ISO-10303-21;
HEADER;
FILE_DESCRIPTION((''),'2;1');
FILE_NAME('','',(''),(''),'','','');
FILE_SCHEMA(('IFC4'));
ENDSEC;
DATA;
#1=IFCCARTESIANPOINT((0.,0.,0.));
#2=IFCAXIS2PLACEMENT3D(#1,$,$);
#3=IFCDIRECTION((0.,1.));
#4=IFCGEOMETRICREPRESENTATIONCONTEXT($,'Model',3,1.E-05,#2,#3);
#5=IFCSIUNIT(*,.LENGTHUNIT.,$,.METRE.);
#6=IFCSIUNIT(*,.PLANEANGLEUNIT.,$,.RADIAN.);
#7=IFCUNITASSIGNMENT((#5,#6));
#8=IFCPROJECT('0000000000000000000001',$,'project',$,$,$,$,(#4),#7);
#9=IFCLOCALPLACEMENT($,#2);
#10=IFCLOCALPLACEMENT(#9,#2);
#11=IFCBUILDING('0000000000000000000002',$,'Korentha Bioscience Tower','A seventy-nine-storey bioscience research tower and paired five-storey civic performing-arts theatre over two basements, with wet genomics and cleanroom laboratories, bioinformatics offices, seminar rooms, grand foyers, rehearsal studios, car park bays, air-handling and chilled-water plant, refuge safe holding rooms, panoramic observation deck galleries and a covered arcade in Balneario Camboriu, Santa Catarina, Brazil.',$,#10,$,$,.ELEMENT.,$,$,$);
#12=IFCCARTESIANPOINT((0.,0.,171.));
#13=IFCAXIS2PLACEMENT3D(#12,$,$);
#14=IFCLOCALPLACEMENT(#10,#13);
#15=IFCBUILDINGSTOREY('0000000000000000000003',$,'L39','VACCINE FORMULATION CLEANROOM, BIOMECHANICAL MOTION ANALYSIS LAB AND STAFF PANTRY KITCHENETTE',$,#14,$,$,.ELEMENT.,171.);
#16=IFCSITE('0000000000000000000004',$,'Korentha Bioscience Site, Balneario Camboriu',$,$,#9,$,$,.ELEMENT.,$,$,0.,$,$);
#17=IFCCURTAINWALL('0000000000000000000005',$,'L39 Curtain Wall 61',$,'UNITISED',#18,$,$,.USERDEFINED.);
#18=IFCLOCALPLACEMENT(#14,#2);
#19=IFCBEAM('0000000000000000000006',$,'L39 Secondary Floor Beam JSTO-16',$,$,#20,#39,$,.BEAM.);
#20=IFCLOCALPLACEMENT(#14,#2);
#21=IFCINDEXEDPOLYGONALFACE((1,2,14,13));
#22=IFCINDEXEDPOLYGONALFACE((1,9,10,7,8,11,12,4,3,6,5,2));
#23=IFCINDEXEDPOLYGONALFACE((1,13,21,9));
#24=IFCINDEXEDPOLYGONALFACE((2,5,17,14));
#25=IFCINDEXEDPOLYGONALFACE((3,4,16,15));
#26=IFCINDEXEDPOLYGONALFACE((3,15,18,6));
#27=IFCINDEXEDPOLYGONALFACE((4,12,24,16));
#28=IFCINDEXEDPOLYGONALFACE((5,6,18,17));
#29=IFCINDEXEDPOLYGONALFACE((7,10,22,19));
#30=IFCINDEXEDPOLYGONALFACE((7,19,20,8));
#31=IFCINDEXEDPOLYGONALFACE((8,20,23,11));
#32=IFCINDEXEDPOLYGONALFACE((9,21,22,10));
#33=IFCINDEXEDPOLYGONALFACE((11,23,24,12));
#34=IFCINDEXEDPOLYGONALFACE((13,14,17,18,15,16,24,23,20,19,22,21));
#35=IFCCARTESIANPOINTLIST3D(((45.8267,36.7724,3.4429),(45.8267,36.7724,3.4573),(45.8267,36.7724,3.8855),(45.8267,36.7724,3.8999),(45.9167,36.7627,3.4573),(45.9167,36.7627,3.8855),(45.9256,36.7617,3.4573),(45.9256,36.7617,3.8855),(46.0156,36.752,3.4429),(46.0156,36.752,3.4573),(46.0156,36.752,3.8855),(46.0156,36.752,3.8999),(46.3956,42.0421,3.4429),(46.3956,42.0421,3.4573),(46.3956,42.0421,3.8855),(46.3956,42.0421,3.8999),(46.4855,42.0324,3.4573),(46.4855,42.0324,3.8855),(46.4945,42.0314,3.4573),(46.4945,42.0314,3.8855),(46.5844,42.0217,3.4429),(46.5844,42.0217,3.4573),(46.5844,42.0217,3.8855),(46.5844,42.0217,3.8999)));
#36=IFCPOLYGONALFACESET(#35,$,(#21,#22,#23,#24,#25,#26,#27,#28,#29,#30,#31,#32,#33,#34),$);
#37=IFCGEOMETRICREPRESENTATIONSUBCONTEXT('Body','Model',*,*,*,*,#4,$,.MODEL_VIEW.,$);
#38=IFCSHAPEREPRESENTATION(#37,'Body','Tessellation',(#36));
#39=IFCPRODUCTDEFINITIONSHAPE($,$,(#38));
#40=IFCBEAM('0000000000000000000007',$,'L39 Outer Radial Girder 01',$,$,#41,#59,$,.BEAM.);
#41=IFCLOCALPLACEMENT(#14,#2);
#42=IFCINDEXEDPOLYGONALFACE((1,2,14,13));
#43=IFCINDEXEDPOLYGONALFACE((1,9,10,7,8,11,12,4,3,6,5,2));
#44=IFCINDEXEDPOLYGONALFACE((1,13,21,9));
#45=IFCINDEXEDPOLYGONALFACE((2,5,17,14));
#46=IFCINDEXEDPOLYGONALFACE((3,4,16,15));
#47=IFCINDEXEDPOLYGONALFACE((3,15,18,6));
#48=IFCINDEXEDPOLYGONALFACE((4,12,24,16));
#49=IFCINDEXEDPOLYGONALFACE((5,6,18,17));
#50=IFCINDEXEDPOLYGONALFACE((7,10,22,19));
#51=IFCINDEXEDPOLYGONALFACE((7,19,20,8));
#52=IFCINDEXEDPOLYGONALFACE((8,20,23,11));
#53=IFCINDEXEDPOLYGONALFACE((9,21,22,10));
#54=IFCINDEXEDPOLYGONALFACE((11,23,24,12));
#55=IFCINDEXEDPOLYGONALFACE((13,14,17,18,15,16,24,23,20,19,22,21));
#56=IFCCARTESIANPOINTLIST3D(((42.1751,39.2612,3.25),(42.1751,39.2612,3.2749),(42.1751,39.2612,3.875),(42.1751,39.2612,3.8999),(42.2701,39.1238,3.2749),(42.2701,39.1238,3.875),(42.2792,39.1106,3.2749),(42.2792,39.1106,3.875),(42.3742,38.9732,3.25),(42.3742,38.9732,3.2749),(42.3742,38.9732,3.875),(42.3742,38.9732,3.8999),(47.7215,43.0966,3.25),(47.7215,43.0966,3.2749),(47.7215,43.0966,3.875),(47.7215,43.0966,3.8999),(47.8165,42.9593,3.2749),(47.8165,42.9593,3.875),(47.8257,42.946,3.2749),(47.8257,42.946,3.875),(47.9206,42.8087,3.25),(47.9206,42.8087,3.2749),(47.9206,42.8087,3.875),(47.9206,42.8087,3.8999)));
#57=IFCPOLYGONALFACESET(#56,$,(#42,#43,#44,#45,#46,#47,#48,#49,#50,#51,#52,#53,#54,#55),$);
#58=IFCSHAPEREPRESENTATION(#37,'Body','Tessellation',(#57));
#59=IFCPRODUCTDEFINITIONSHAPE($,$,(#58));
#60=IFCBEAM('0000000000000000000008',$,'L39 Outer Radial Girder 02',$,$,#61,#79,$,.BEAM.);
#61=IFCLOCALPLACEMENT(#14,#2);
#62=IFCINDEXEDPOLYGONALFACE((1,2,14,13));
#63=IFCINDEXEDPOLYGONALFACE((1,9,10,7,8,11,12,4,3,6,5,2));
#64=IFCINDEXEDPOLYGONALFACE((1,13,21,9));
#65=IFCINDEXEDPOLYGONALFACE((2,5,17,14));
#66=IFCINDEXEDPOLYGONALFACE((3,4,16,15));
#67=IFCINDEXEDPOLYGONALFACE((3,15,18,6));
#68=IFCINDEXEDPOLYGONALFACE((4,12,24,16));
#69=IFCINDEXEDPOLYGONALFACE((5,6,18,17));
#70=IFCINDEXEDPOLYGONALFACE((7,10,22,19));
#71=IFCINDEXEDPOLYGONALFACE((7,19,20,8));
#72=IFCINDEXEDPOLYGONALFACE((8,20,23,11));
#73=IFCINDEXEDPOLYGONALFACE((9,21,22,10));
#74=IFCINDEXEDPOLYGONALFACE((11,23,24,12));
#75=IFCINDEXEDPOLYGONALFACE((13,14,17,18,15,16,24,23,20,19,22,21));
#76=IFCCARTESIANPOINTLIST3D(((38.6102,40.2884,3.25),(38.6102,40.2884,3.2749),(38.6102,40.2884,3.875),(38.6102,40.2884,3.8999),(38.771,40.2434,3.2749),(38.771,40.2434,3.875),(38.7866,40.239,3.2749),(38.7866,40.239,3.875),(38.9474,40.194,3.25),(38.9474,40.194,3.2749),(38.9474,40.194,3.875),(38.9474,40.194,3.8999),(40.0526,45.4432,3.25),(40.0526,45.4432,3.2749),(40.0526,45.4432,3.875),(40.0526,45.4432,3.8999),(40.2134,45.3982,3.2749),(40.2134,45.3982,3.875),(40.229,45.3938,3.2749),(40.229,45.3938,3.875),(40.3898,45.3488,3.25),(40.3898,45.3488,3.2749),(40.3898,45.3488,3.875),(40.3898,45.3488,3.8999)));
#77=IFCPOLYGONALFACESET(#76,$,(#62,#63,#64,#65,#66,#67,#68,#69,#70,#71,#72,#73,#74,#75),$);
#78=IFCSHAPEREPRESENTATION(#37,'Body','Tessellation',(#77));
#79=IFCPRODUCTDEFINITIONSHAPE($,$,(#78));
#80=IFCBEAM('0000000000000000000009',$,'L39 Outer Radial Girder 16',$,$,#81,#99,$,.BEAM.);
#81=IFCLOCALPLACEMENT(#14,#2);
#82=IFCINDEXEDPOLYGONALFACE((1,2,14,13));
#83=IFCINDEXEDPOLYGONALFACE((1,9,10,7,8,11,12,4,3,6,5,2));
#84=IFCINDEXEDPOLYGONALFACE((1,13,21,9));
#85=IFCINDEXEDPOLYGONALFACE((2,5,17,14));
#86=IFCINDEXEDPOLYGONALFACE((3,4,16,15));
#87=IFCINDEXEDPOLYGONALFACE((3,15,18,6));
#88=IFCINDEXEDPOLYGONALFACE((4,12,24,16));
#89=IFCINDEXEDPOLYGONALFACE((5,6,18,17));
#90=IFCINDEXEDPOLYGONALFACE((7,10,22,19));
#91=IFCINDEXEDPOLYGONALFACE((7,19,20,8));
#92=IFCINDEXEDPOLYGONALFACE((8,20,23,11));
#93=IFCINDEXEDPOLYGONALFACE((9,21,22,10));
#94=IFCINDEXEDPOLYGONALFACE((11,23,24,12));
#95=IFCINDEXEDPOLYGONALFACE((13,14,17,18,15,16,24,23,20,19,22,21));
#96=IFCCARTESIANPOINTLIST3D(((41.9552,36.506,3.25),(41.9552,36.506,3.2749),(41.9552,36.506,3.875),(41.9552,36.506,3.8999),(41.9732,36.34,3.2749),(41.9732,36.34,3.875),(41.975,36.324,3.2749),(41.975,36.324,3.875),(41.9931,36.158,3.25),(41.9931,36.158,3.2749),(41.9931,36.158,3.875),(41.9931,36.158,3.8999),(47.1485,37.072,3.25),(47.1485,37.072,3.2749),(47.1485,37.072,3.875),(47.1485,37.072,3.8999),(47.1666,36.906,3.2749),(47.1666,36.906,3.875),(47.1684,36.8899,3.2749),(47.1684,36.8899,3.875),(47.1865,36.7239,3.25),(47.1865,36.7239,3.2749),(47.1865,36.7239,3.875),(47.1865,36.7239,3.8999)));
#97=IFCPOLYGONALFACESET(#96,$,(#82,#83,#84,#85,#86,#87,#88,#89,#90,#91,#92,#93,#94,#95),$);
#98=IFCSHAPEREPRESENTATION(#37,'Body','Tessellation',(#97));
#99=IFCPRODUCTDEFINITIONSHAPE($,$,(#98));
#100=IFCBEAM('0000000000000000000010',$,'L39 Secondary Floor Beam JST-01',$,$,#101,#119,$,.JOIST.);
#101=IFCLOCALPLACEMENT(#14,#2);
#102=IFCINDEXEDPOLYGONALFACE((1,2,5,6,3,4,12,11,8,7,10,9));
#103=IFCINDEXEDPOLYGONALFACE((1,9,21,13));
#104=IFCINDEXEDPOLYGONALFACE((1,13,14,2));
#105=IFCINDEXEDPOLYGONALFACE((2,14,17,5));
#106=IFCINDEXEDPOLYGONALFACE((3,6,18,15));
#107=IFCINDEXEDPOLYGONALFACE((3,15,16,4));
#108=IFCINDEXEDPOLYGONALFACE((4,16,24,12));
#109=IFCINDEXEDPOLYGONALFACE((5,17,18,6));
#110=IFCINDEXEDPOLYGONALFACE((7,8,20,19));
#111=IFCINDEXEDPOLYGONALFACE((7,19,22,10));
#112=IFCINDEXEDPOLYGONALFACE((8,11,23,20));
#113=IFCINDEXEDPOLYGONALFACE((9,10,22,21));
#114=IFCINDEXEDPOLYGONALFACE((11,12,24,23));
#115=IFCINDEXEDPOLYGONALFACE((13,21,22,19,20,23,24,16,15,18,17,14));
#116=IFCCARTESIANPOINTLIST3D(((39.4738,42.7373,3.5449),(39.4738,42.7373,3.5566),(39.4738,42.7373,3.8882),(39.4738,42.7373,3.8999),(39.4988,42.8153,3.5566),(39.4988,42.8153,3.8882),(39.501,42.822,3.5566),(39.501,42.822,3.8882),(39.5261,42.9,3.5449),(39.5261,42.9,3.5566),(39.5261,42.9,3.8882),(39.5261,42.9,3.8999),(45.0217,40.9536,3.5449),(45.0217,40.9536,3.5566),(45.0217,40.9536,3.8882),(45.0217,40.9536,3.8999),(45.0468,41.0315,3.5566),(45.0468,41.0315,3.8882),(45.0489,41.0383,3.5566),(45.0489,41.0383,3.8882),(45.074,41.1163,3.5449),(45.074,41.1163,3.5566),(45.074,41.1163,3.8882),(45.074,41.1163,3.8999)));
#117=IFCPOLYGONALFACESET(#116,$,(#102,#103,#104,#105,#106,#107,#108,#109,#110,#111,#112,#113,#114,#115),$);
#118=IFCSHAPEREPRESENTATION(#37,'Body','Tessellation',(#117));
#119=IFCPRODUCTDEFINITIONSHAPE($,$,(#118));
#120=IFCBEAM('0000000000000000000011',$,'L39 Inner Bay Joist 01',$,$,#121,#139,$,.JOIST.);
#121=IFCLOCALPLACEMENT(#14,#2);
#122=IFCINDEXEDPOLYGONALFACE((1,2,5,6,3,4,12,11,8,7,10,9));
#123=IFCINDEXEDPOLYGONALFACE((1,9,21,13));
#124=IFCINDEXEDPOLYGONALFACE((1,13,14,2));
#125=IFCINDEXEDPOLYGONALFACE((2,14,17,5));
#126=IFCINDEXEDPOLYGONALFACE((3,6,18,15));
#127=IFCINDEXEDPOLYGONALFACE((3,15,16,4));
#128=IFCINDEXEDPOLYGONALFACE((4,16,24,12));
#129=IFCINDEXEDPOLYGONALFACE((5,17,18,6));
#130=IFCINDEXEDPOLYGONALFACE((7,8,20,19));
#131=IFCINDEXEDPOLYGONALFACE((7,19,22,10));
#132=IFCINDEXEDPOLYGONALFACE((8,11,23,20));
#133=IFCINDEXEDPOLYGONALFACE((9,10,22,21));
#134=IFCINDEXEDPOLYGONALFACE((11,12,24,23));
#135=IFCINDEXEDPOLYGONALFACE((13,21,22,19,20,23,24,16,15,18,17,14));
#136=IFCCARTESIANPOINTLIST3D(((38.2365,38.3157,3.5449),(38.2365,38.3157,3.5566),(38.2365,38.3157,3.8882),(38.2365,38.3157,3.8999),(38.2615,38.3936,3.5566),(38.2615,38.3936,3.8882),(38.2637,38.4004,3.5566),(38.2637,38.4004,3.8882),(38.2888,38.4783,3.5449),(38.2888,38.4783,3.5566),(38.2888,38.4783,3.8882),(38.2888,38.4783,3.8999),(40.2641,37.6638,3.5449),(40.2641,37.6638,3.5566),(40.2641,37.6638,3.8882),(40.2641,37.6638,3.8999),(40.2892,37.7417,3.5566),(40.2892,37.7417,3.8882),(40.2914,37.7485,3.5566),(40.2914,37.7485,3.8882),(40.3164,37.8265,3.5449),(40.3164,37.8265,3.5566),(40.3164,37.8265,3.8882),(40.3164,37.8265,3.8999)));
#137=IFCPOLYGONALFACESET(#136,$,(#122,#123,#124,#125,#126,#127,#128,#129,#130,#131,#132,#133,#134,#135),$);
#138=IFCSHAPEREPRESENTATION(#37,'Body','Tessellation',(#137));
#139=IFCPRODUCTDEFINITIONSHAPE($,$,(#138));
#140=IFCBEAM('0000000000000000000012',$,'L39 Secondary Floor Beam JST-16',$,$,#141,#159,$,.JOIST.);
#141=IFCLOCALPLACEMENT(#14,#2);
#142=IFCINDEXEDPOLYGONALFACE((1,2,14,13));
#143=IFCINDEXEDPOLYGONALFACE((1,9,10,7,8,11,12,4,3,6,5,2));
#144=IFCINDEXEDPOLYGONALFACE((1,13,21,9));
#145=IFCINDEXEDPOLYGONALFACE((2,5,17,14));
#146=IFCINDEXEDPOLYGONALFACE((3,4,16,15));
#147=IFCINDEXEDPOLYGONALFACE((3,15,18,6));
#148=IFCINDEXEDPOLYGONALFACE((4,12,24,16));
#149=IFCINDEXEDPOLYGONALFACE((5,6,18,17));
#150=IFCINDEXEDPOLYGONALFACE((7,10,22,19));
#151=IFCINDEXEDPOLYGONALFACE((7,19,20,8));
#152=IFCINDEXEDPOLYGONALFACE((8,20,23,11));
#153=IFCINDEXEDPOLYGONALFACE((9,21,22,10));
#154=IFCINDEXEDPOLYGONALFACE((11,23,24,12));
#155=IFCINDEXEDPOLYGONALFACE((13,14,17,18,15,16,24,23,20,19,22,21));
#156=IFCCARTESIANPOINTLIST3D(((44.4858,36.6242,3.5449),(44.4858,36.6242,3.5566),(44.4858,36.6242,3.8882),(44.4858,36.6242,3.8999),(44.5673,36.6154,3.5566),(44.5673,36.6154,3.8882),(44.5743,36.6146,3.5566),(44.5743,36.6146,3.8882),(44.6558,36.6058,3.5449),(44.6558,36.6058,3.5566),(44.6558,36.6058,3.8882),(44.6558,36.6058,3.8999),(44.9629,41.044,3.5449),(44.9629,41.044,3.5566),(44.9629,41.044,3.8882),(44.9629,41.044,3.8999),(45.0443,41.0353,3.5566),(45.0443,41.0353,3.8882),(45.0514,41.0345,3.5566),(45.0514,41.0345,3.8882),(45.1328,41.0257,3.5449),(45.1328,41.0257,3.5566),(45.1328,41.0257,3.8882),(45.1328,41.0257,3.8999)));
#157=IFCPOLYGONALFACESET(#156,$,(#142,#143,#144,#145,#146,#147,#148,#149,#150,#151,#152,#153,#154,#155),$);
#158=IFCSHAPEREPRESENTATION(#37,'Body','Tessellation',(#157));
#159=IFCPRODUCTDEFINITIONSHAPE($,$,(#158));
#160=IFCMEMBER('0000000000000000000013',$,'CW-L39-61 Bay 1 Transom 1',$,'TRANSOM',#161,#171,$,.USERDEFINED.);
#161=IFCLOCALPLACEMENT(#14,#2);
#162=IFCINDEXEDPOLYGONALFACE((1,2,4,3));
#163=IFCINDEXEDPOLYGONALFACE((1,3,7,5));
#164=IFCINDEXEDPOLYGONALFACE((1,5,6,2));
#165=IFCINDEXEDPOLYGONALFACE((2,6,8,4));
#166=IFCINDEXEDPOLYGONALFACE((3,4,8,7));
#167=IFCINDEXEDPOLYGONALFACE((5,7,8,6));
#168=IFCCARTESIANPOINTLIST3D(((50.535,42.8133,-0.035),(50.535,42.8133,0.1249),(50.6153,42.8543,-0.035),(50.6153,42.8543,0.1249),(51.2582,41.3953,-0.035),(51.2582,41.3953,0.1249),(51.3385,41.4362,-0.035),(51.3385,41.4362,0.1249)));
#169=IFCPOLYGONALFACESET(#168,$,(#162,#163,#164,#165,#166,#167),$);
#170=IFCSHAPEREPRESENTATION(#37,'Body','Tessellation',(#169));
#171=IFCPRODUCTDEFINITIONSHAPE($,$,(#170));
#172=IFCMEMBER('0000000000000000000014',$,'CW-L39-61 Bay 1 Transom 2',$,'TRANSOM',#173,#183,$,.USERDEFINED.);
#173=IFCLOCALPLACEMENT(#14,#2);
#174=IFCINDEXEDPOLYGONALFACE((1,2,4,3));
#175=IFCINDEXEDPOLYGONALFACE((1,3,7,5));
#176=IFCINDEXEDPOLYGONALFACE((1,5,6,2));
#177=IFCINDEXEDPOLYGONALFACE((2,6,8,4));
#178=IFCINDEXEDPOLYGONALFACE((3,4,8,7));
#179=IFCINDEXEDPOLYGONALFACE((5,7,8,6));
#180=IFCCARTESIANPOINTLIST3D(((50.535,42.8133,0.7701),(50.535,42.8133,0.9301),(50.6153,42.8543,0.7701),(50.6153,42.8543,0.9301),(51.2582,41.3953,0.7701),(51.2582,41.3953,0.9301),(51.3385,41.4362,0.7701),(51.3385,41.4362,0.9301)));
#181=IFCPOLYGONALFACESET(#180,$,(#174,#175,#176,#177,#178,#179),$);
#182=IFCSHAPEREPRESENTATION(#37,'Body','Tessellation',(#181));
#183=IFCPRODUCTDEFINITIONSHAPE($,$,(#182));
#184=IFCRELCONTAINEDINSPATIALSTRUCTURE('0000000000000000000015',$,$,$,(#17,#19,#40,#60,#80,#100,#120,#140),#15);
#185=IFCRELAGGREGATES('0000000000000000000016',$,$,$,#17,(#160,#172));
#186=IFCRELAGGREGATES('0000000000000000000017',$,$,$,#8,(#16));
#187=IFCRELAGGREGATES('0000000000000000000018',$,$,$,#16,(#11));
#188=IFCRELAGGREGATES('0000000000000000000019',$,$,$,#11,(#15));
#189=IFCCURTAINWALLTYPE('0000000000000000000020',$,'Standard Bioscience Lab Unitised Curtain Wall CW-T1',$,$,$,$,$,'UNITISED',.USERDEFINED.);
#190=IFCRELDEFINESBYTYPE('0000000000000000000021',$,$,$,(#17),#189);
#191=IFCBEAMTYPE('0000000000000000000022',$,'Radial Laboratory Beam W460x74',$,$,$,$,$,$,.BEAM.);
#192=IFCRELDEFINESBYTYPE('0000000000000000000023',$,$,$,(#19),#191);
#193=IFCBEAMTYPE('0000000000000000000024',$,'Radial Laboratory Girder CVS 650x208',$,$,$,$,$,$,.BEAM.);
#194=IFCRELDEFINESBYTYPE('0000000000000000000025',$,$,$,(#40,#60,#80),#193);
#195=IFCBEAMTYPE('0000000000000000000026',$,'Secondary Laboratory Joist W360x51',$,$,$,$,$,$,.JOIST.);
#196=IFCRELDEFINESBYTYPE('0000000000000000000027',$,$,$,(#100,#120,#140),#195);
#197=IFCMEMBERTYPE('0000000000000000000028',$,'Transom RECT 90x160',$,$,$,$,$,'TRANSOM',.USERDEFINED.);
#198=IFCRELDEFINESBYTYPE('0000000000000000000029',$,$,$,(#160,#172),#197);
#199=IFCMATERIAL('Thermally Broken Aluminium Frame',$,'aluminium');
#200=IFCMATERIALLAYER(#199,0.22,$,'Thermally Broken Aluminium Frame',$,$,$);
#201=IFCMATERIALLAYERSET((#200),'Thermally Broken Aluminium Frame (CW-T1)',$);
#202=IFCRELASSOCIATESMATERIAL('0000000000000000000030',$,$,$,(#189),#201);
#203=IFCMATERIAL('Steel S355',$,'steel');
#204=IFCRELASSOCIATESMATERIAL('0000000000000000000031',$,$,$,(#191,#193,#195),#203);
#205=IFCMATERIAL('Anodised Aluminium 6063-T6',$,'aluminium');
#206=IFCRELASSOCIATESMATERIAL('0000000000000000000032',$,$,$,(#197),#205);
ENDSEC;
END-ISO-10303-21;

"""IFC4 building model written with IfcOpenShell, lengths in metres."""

from ifc_helpers import new_model, si_unit, direction, frame, origin, origin_2d, place, context, subcontext, project, spatial, rectangle, i_section, extrude, material, layer, layer_set, material_profile, profile_set, type_object, element, aggregate, save


model = new_model("IFC4")

# Units and contexts
model_context = context("Model", 3, precision=1e-05, world=origin(), true_north=direction((0.0, 1.0)))
body_context = subcontext(model_context, "Body", "Model", "MODEL_VIEW")
ifc_project = project(units=[si_unit("LENGTHUNIT", "METRE"), si_unit("PLANEANGLEUNIT", "RADIAN")], contexts=[model_context])

# Site, building, storey
site_placement = place(None, origin())
site = spatial("IfcSite", under=ifc_project, at=site_placement, Name="Korentha Bioscience Site, Balneario Camboriu", CompositionType="ELEMENT", RefElevation=0.0)
building_placement = place(site_placement, origin())
building = spatial("IfcBuilding", under=site, at=building_placement, Name="Korentha Bioscience Tower", Description="A seventy-nine-storey bioscience research tower and paired five-storey civic performing-arts theatre over two basements, with wet genomics and cleanroom laboratories, bioinformatics offices, seminar rooms, grand foyers, rehearsal studios, car park bays, air-handling and chilled-water plant, refuge safe holding rooms, panoramic observation deck galleries and a covered arcade in Balneario Camboriu, Santa Catarina, Brazil.", CompositionType="ELEMENT")
storey_placement = place(building_placement, frame((0.0, 0.0, 171.0)))
storey = spatial("IfcBuildingStorey", under=building, at=storey_placement, Name="L39", Description="VACCINE FORMULATION CLEANROOM, BIOMECHANICAL MOTION ANALYSIS LAB AND STAFF PANTRY KITCHENETTE", CompositionType="ELEMENT", Elevation=171.0)

# Shared definitions
ifc_material_1 = material(Name="Steel S355", Category="steel")

# Curtain wall
ifc_material_2 = material(Name="Thermally Broken Aluminium Frame", Category="aluminium")
ifc_layer_1 = layer(ifc_material_2, 0.22, Name="Thermally Broken Aluminium Frame")
ifc_layer_set_1 = layer_set([ifc_layer_1], Name="Thermally Broken Aluminium Frame (CW-T1)")
curtain_wall_type = type_object("IfcCurtainWallType", Name="Standard Bioscience Lab Unitised Curtain Wall CW-T1", ElementType="UNITISED", PredefinedType="USERDEFINED", material=ifc_layer_set_1)
curtain_wall_placement = place(storey_placement, origin())
curtain_wall = element("IfcCurtainWall", 1, at=curtain_wall_placement, inside=storey, type_object=curtain_wall_type, Name="L39 Curtain Wall 61", ObjectType="UNITISED", PredefinedType="USERDEFINED")
ifc_material_3 = material(Name="Anodised Aluminium 6063-T6", Category="aluminium")

# Beams
ifc_material_profile_1 = material_profile(ifc_material_1, i_section(OverallWidth=0.1899, OverallDepth=0.457, WebThickness=0.009, FlangeThickness=0.0144, at=origin_2d()), Name="Steel S355")
ifc_profile_set_1 = profile_set([ifc_material_profile_1], Name="Steel S355 (RB-460)")
beam_type_1 = type_object("IfcBeamType", Name="Radial Laboratory Beam W460x74", PredefinedType="BEAM", material=ifc_profile_set_1)
beam_1_placement = place(storey_placement, frame((45.9211, 36.7622, 3.6714), z_axis=(0.107322, 0.994224, 0.0), x_axis=(-0.994224, 0.107322, 0.0)))
element("IfcBeam", 2, at=beam_1_placement, inside=storey, type_object=beam_type_1, Name="L39 Secondary Floor Beam JSTO-16", PredefinedType="BEAM", context=body_context, shape_type="SweptSolid", body=[
    extrude(i_section(OverallWidth=0.1899, OverallDepth=0.457, WebThickness=0.009, FlangeThickness=0.0144, at=origin_2d()), origin(), (0.0, 0.0, 1.0), 5.3003),
])
ifc_material_profile_2 = material_profile(ifc_material_1, i_section(OverallWidth=0.3501, OverallDepth=0.6499, WebThickness=0.0161, FlangeThickness=0.0249, at=origin_2d()), Name="Steel S355")
ifc_profile_set_2 = profile_set([ifc_material_profile_2], Name="Steel S355 (RB-650)")
beam_type_2 = type_object("IfcBeamType", Name="Radial Laboratory Girder CVS 650x208", PredefinedType="BEAM", material=ifc_profile_set_2)
beam_2_placement = place(storey_placement, frame((42.2747, 39.1172, 3.575), z_axis=(0.822494, 0.568773, 0.0), x_axis=(-0.568773, 0.822494, 0.0)))
element("IfcBeam", 3, at=beam_2_placement, inside=storey, type_object=beam_type_2, Name="L39 Outer Radial Girder 01", PredefinedType="BEAM", context=body_context, shape_type="SweptSolid", body=[
    extrude(i_section(OverallWidth=0.3501, OverallDepth=0.6499, WebThickness=0.0161, FlangeThickness=0.0249, at=origin_2d()), origin(), (0.0, 0.0, 1.0), 6.7434),
])
beam_3_placement = place(storey_placement, frame((38.7788, 40.2412, 3.575), z_axis=(0.269464, 0.96301, 0.0), x_axis=(-0.96301, 0.269464, 0.0)))
element("IfcBeam", 4, at=beam_3_placement, inside=storey, type_object=beam_type_2, Name="L39 Outer Radial Girder 02", PredefinedType="BEAM", context=body_context, shape_type="SweptSolid", body=[
    extrude(i_section(OverallWidth=0.3501, OverallDepth=0.6499, WebThickness=0.0161, FlangeThickness=0.0249, at=origin_2d()), origin(), (0.0, 0.0, 1.0), 5.3528),
])
beam_4_placement = place(storey_placement, frame((41.9741, 36.332, 3.575), z_axis=(0.994115, 0.108328, 0.0), x_axis=(-0.108328, 0.994115, 0.0)))
element("IfcBeam", 5, at=beam_4_placement, inside=storey, type_object=beam_type_2, Name="L39 Outer Radial Girder 16", PredefinedType="BEAM", context=body_context, shape_type="SweptSolid", body=[
    extrude(i_section(OverallWidth=0.3501, OverallDepth=0.6499, WebThickness=0.0161, FlangeThickness=0.0249, at=origin_2d()), origin(), (0.0, 0.0, 1.0), 5.2241),
])
ifc_material_profile_3 = material_profile(ifc_material_1, i_section(OverallWidth=0.1709, OverallDepth=0.355, WebThickness=0.0071, FlangeThickness=0.0117, at=origin_2d()), Name="Steel S355")
ifc_profile_set_3 = profile_set([ifc_material_profile_3], Name="Steel S355 (JB-360)")
beam_type_3 = type_object("IfcBeamType", Name="Secondary Laboratory Joist W360x51", PredefinedType="JOIST", material=ifc_profile_set_3)
beam_5_placement = place(storey_placement, frame((45.0479, 41.0349, 3.7224), z_axis=(-0.952006, 0.30608, 0.0), x_axis=(-0.30608, -0.952006, 0.0)))
element("IfcBeam", 6, at=beam_5_placement, inside=storey, type_object=beam_type_3, Name="L39 Secondary Floor Beam JST-01", PredefinedType="JOIST", context=body_context, shape_type="SweptSolid", body=[
    extrude(i_section(OverallWidth=0.1709, OverallDepth=0.355, WebThickness=0.0071, FlangeThickness=0.0117, at=origin_2d()), origin(), (0.0, 0.0, 1.0), 5.8276),
])
beam_6_placement = place(storey_placement, frame((40.2903, 37.7451, 3.7224), z_axis=(-0.952011, 0.306065, 0.0), x_axis=(-0.306065, -0.952011, 0.0)))
element("IfcBeam", 7, at=beam_6_placement, inside=storey, type_object=beam_type_3, Name="L39 Inner Bay Joist 01", PredefinedType="JOIST", context=body_context, shape_type="SweptSolid", body=[
    extrude(i_section(OverallWidth=0.1709, OverallDepth=0.355, WebThickness=0.0071, FlangeThickness=0.0117, at=origin_2d()), origin(), (0.0, 0.0, 1.0), 2.1299),
])
beam_7_placement = place(storey_placement, frame((44.5708, 36.615, 3.7224), z_axis=(0.107309, 0.994226, 0.0), x_axis=(-0.994226, 0.107309, 0.0)))
element("IfcBeam", 8, at=beam_7_placement, inside=storey, type_object=beam_type_3, Name="L39 Secondary Floor Beam JST-16", PredefinedType="JOIST", context=body_context, shape_type="SweptSolid", body=[
    extrude(i_section(OverallWidth=0.1709, OverallDepth=0.355, WebThickness=0.0071, FlangeThickness=0.0117, at=origin_2d()), origin(), (0.0, 0.0, 1.0), 4.4456),
])

# Members
ifc_material_profile_4 = material_profile(ifc_material_3, rectangle(XDim=0.0901, YDim=0.1599, at=origin_2d()), Name="Anodised Aluminium 6063-T6")
ifc_profile_set_4 = profile_set([ifc_material_profile_4], Name="Anodised Aluminium 6063-T6 (CW-TRN)")
member_type_1 = type_object("IfcMemberType", Name="Transom RECT 90x160", ElementType="TRANSOM", PredefinedType="USERDEFINED", material=ifc_profile_set_4)
member_1_placement = place(storey_placement, frame((51.2983, 41.4158, 0.0449), z_axis=(-0.454316, 0.89084, 0.0), x_axis=(-0.89084, -0.454316, 0.0)))
member_1 = element("IfcMember", 9, at=member_1_placement, type_object=member_type_1, Name="CW-L39-61 Bay 1 Transom 1", ObjectType="TRANSOM", PredefinedType="USERDEFINED", context=body_context, shape_type="SweptSolid", body=[
    extrude(rectangle(XDim=0.0901, YDim=0.1599, at=origin_2d()), origin(), (0.0, 0.0, 1.0), 1.5918),
])
member_2_placement = place(storey_placement, frame((51.2983, 41.4158, 0.8501), z_axis=(-0.454316, 0.89084, 0.0), x_axis=(-0.89084, -0.454316, 0.0)))
member_2 = element("IfcMember", 10, at=member_2_placement, type_object=member_type_1, Name="CW-L39-61 Bay 1 Transom 2", ObjectType="TRANSOM", PredefinedType="USERDEFINED", context=body_context, shape_type="SweptSolid", body=[
    extrude(rectangle(XDim=0.0901, YDim=0.1599, at=origin_2d()), origin(), (0.0, 0.0, 1.0), 1.5918),
])
aggregate(curtain_wall, [member_1, member_2])

save(model, "model.ifc")
